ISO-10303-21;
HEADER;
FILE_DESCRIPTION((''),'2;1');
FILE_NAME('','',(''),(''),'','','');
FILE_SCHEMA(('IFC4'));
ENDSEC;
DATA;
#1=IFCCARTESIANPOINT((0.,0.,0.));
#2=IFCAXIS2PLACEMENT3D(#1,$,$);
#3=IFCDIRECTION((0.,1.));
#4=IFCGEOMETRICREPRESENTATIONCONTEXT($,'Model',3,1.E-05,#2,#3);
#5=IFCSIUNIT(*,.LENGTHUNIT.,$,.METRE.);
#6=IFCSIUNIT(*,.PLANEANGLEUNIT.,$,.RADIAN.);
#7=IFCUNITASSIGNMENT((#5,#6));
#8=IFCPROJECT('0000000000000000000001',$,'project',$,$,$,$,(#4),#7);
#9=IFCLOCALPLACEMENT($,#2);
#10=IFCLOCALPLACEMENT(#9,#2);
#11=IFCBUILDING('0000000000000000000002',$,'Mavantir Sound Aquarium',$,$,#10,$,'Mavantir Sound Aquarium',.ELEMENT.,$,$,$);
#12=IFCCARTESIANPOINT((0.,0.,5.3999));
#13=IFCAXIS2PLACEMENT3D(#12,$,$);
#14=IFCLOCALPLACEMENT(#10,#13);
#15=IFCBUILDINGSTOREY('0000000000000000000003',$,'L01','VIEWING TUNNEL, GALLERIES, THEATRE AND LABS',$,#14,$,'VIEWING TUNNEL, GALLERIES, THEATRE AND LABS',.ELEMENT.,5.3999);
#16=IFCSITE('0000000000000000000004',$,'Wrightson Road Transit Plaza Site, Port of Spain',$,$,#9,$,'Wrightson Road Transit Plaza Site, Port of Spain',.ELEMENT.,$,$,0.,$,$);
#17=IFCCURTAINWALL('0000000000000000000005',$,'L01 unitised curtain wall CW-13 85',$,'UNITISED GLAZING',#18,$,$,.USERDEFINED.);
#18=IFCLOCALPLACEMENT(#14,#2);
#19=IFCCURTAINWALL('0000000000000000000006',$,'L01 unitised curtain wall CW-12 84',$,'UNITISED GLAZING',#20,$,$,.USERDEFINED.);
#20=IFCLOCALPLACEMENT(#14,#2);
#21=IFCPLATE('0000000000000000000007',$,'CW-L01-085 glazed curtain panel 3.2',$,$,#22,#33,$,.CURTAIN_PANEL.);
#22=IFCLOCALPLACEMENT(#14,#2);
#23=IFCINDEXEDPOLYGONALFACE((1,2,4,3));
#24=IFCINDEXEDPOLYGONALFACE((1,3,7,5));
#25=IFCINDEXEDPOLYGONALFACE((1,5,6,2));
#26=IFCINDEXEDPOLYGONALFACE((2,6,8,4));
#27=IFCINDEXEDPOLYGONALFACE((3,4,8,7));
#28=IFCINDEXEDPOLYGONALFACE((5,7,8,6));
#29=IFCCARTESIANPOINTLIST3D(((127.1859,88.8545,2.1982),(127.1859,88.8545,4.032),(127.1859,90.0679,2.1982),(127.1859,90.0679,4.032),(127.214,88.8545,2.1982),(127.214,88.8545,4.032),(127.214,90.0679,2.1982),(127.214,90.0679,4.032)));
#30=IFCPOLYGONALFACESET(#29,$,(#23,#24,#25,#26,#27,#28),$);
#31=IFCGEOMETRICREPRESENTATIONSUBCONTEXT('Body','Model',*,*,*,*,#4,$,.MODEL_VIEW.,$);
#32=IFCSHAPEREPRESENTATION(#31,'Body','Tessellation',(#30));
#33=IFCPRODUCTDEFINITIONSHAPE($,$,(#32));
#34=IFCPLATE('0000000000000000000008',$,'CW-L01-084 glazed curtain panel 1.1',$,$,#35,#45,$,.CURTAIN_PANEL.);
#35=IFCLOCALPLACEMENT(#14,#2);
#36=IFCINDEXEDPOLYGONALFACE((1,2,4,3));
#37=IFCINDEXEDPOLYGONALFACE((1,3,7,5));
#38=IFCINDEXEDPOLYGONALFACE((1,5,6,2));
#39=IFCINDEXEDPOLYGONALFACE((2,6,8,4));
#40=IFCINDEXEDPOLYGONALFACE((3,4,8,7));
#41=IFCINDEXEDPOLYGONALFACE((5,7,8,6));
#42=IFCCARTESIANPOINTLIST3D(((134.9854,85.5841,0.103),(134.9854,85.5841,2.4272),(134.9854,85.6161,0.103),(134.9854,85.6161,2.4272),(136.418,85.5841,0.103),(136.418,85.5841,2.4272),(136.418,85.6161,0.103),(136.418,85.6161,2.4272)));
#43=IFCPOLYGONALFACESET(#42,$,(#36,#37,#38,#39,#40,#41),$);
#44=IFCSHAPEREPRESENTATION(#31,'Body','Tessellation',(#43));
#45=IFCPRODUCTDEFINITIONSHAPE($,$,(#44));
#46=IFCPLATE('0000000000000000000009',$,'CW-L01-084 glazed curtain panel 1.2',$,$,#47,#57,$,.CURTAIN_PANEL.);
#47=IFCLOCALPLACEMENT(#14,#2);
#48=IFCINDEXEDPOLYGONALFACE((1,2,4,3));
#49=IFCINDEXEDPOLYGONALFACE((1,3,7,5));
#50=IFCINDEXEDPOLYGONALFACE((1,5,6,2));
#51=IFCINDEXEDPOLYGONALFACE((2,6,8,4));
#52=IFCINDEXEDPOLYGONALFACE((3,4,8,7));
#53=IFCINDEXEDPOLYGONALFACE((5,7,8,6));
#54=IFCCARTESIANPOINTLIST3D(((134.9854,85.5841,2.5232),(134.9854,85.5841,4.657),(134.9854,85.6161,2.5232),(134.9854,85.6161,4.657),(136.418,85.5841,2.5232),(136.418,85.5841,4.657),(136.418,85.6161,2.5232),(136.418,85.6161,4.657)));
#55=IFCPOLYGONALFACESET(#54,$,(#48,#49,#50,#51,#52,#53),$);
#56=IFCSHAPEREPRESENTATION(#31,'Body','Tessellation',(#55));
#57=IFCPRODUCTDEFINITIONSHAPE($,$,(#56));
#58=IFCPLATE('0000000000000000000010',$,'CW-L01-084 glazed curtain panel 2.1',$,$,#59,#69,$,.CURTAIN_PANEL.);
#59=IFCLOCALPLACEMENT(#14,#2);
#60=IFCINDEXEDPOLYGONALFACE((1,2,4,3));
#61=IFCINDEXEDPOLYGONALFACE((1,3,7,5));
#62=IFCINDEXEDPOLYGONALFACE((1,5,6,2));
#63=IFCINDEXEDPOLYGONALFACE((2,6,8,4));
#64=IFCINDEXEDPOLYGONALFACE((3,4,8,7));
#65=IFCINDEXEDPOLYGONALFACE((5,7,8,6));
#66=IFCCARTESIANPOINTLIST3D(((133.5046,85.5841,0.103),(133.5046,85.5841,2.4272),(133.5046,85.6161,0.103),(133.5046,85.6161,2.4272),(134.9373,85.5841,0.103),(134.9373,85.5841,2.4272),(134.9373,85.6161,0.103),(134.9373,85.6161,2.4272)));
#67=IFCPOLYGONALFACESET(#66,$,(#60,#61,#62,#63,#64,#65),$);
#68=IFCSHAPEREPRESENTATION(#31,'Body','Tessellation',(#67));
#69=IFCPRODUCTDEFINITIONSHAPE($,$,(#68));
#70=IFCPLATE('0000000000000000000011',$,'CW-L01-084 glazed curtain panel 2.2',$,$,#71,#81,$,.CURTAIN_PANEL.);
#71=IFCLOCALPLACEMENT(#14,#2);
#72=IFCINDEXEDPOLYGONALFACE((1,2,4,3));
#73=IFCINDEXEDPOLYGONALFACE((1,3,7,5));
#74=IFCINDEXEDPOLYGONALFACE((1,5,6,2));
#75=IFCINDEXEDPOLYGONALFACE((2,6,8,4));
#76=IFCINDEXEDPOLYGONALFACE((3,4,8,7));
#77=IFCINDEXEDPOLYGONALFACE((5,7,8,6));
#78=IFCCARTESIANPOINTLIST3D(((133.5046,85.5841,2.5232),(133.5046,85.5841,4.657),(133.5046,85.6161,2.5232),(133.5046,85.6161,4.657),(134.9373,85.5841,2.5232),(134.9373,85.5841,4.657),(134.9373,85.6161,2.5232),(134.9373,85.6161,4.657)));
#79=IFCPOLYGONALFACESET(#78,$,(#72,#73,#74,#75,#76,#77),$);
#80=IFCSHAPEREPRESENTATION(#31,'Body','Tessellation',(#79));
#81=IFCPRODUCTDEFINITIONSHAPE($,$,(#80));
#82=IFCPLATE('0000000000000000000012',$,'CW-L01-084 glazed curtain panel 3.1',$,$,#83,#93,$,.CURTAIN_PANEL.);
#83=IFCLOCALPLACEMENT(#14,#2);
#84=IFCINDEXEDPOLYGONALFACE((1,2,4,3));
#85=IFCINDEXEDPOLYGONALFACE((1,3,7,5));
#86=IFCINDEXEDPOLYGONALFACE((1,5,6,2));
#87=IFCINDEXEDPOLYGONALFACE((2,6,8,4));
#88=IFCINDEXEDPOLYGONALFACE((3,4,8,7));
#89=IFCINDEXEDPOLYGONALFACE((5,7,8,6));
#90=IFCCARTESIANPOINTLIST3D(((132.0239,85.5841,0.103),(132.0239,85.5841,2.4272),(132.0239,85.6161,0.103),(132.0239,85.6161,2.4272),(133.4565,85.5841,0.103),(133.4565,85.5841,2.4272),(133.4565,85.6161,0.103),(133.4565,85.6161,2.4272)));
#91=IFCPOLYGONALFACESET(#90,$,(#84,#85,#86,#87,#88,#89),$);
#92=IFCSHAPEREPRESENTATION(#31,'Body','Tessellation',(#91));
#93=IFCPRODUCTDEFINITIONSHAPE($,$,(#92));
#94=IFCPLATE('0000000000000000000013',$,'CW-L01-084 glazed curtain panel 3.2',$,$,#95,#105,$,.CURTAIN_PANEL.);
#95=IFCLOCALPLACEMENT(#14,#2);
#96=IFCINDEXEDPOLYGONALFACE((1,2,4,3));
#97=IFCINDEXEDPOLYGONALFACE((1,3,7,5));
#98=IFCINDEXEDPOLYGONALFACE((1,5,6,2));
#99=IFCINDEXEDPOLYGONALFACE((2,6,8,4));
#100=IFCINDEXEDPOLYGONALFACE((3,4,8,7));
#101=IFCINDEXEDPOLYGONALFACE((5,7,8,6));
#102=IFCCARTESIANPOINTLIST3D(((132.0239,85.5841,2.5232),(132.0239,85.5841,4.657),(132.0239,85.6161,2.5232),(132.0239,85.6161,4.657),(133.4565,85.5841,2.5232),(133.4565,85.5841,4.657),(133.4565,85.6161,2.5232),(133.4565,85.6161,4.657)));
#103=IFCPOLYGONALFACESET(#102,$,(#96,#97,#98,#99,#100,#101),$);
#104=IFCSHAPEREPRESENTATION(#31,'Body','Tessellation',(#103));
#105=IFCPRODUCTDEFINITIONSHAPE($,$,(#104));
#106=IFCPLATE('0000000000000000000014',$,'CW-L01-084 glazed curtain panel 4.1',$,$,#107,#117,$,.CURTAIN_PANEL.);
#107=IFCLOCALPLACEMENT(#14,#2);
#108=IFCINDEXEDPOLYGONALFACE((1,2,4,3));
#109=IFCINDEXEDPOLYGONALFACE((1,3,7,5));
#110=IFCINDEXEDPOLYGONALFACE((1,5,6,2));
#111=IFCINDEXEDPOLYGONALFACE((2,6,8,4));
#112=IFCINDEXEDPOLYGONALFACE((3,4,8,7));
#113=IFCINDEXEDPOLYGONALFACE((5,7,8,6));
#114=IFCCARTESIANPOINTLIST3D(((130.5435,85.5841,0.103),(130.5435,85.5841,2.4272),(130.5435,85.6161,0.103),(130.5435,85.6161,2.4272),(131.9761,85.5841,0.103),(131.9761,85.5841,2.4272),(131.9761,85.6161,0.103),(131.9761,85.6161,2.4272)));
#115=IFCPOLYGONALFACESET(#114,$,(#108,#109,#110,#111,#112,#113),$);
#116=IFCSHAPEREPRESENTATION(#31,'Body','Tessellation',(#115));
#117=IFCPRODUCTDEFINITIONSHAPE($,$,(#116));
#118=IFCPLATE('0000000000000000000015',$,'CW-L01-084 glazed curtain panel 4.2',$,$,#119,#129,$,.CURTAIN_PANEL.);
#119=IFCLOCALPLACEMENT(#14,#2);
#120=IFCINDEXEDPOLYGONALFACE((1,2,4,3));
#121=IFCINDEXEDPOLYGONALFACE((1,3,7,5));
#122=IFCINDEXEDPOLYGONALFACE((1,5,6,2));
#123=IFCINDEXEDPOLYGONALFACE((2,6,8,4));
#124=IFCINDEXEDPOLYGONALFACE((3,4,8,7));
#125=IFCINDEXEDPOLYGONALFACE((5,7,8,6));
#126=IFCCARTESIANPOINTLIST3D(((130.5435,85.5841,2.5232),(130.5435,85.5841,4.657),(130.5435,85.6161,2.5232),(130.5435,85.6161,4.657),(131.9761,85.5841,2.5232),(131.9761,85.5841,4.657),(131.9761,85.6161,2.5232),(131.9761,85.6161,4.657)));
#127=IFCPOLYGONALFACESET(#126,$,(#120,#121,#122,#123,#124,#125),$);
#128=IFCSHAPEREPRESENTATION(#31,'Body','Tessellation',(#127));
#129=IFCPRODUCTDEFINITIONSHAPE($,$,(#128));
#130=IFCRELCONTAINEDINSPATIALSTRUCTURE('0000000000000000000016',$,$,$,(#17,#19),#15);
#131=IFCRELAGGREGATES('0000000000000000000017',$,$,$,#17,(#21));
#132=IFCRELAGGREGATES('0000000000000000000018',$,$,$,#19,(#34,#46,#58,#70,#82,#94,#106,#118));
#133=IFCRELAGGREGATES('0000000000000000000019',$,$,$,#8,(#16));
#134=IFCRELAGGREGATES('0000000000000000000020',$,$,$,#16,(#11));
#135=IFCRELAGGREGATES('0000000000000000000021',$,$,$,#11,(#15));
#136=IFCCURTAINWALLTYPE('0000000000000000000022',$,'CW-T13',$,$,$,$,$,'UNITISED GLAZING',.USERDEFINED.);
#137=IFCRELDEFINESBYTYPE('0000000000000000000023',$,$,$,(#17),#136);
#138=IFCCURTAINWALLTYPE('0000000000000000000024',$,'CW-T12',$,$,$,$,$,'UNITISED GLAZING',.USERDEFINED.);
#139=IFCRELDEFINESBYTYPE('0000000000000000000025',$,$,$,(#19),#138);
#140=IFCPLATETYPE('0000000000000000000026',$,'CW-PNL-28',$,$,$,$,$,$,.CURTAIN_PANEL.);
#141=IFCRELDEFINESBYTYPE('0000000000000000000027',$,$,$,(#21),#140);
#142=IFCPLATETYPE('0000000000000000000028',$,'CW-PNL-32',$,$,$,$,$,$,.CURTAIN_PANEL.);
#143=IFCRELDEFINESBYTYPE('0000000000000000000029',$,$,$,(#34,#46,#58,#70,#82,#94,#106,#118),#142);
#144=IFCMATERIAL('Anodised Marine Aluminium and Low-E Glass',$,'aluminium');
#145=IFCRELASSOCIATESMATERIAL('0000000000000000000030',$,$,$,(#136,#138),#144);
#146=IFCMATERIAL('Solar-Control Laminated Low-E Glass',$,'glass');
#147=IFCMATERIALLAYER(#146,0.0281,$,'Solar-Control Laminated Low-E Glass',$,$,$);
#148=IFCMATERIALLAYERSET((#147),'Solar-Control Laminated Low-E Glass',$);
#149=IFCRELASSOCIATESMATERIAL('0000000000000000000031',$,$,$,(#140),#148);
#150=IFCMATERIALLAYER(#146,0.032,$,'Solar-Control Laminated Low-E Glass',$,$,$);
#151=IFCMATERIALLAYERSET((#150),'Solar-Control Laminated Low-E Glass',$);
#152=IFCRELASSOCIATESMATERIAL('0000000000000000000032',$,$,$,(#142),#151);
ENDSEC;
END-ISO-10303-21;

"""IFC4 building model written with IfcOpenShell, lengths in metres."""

from ifc_helpers import new_model, si_unit, direction, frame, origin, origin_2d, place, context, subcontext, project, spatial, rectangle, extrude, material, layer, layer_set, type_object, element, aggregate, save


model = new_model("IFC4")

# Units and contexts
model_context = context("Model", 3, precision=1e-05, world=origin(), true_north=direction((0.0, 1.0)))
body_context = subcontext(model_context, "Body", "Model", "MODEL_VIEW")
ifc_project = project(units=[si_unit("LENGTHUNIT", "METRE"), si_unit("PLANEANGLEUNIT", "RADIAN")], contexts=[model_context])

# Site, building, storey
site_placement = place(None, origin())
site = spatial("IfcSite", under=ifc_project, at=site_placement, Name="Wrightson Road Transit Plaza Site, Port of Spain", LongName="Wrightson Road Transit Plaza Site, Port of Spain", CompositionType="ELEMENT", RefElevation=0.0)
building_placement = place(site_placement, origin())
building = spatial("IfcBuilding", under=site, at=building_placement, Name="Mavantir Sound Aquarium", LongName="Mavantir Sound Aquarium", CompositionType="ELEMENT")
storey_placement = place(building_placement, frame((0.0, 0.0, 5.3999)))
storey = spatial("IfcBuildingStorey", under=building, at=storey_placement, Name="L01", Description="VIEWING TUNNEL, GALLERIES, THEATRE AND LABS", LongName="VIEWING TUNNEL, GALLERIES, THEATRE AND LABS", CompositionType="ELEMENT", Elevation=5.3999)

# Curtain wall
ifc_material_1 = material(Name="Anodised Marine Aluminium and Low-E Glass", Category="aluminium")
curtain_wall_type_1 = type_object("IfcCurtainWallType", Name="CW-T13", ElementType="UNITISED GLAZING", PredefinedType="USERDEFINED", material=ifc_material_1)
curtain_wall_1_placement = place(storey_placement, origin())
curtain_wall_1 = element("IfcCurtainWall", 1, at=curtain_wall_1_placement, inside=storey, type_object=curtain_wall_type_1, Name="L01 unitised curtain wall CW-13 85", ObjectType="UNITISED GLAZING", PredefinedType="USERDEFINED")

# Curtain wall
curtain_wall_type_2 = type_object("IfcCurtainWallType", Name="CW-T12", ElementType="UNITISED GLAZING", PredefinedType="USERDEFINED", material=ifc_material_1)
curtain_wall_2_placement = place(storey_placement, origin())
curtain_wall_2 = element("IfcCurtainWall", 2, at=curtain_wall_2_placement, inside=storey, type_object=curtain_wall_type_2, Name="L01 unitised curtain wall CW-12 84", ObjectType="UNITISED GLAZING", PredefinedType="USERDEFINED")

# Plates
ifc_material_2 = material(Name="Solar-Control Laminated Low-E Glass", Category="glass")
ifc_layer_1 = layer(ifc_material_2, 0.0281, Name="Solar-Control Laminated Low-E Glass")
ifc_layer_set_1 = layer_set([ifc_layer_1], Name="Solar-Control Laminated Low-E Glass")
plate_type_1 = type_object("IfcPlateType", Name="CW-PNL-28", PredefinedType="CURTAIN_PANEL", material=ifc_layer_set_1)
plate_1_placement = place(storey_placement, frame((127.2, 89.4612, 2.1982), z_axis=(0.0, 0.0, 1.0), x_axis=(0.0, 1.0, 0.0)))
plate_1 = element("IfcPlate", 3, at=plate_1_placement, type_object=plate_type_1, Name="CW-L01-085 glazed curtain panel 3.2", PredefinedType="CURTAIN_PANEL", context=body_context, shape_type="SweptSolid", body=[
    extrude(rectangle(XDim=1.2134, YDim=0.0281, at=origin_2d()), origin(), (0.0, 0.0, 1.0), 1.8337),
])
aggregate(curtain_wall_1, [plate_1])
ifc_layer_2 = layer(ifc_material_2, 0.032, Name="Solar-Control Laminated Low-E Glass")
ifc_layer_set_2 = layer_set([ifc_layer_2], Name="Solar-Control Laminated Low-E Glass")
plate_type_2 = type_object("IfcPlateType", Name="CW-PNL-32", PredefinedType="CURTAIN_PANEL", material=ifc_layer_set_2)
plate_2_placement = place(storey_placement, frame((135.7017, 85.6001, 0.103), z_axis=(0.0, 0.0, 1.0), x_axis=(-1.0, 0.0, 0.0)))
plate_2 = element("IfcPlate", 4, at=plate_2_placement, type_object=plate_type_2, Name="CW-L01-084 glazed curtain panel 1.1", PredefinedType="CURTAIN_PANEL", context=body_context, shape_type="SweptSolid", body=[
    extrude(rectangle(XDim=1.4326, YDim=0.032, at=origin_2d()), origin(), (0.0, 0.0, 1.0), 2.3242),
])
plate_3_placement = place(storey_placement, frame((135.7017, 85.6001, 2.5232), z_axis=(0.0, 0.0, 1.0), x_axis=(-1.0, 0.0, 0.0)))
plate_3 = element("IfcPlate", 5, at=plate_3_placement, type_object=plate_type_2, Name="CW-L01-084 glazed curtain panel 1.2", PredefinedType="CURTAIN_PANEL", context=body_context, shape_type="SweptSolid", body=[
    extrude(rectangle(XDim=1.4326, YDim=0.032, at=origin_2d()), origin(), (0.0, 0.0, 1.0), 2.1338),
])
plate_4_placement = place(storey_placement, frame((134.2209, 85.6001, 0.103), z_axis=(0.0, 0.0, 1.0), x_axis=(-1.0, 0.0, 0.0)))
plate_4 = element("IfcPlate", 6, at=plate_4_placement, type_object=plate_type_2, Name="CW-L01-084 glazed curtain panel 2.1", PredefinedType="CURTAIN_PANEL", context=body_context, shape_type="SweptSolid", body=[
    extrude(rectangle(XDim=1.4326, YDim=0.032, at=origin_2d()), origin(), (0.0, 0.0, 1.0), 2.3242),
])
plate_5_placement = place(storey_placement, frame((134.2209, 85.6001, 2.5232), z_axis=(0.0, 0.0, 1.0), x_axis=(-1.0, 0.0, 0.0)))
plate_5 = element("IfcPlate", 7, at=plate_5_placement, type_object=plate_type_2, Name="CW-L01-084 glazed curtain panel 2.2", PredefinedType="CURTAIN_PANEL", context=body_context, shape_type="SweptSolid", body=[
    extrude(rectangle(XDim=1.4326, YDim=0.032, at=origin_2d()), origin(), (0.0, 0.0, 1.0), 2.1338),
])
plate_6_placement = place(storey_placement, frame((132.7402, 85.6001, 0.103), z_axis=(0.0, 0.0, 1.0), x_axis=(-1.0, 0.0, 0.0)))
plate_6 = element("IfcPlate", 8, at=plate_6_placement, type_object=plate_type_2, Name="CW-L01-084 glazed curtain panel 3.1", PredefinedType="CURTAIN_PANEL", context=body_context, shape_type="SweptSolid", body=[
    extrude(rectangle(XDim=1.4326, YDim=0.032, at=origin_2d()), origin(), (0.0, 0.0, 1.0), 2.3242),
])
plate_7_placement = place(storey_placement, frame((132.7402, 85.6001, 2.5232), z_axis=(0.0, 0.0, 1.0), x_axis=(-1.0, 0.0, 0.0)))
plate_7 = element("IfcPlate", 9, at=plate_7_placement, type_object=plate_type_2, Name="CW-L01-084 glazed curtain panel 3.2", PredefinedType="CURTAIN_PANEL", context=body_context, shape_type="SweptSolid", body=[
    extrude(rectangle(XDim=1.4326, YDim=0.032, at=origin_2d()), origin(), (0.0, 0.0, 1.0), 2.1338),
])
plate_8_placement = place(storey_placement, frame((131.2598, 85.6001, 0.103), z_axis=(0.0, 0.0, 1.0), x_axis=(-1.0, 0.0, 0.0)))
plate_8 = element("IfcPlate", 10, at=plate_8_placement, type_object=plate_type_2, Name="CW-L01-084 glazed curtain panel 4.1", PredefinedType="CURTAIN_PANEL", context=body_context, shape_type="SweptSolid", body=[
    extrude(rectangle(XDim=1.4326, YDim=0.032, at=origin_2d()), origin(), (0.0, 0.0, 1.0), 2.3242),
])
plate_9_placement = place(storey_placement, frame((131.2598, 85.6001, 2.5232), z_axis=(0.0, 0.0, 1.0), x_axis=(-1.0, 0.0, 0.0)))
plate_9 = element("IfcPlate", 11, at=plate_9_placement, type_object=plate_type_2, Name="CW-L01-084 glazed curtain panel 4.2", PredefinedType="CURTAIN_PANEL", context=body_context, shape_type="SweptSolid", body=[
    extrude(rectangle(XDim=1.4326, YDim=0.032, at=origin_2d()), origin(), (0.0, 0.0, 1.0), 2.1338),
])
aggregate(curtain_wall_2, [plate_2, plate_3, plate_4, plate_5, plate_6, plate_7, plate_8, plate_9])

save(model, "model.ifc")
